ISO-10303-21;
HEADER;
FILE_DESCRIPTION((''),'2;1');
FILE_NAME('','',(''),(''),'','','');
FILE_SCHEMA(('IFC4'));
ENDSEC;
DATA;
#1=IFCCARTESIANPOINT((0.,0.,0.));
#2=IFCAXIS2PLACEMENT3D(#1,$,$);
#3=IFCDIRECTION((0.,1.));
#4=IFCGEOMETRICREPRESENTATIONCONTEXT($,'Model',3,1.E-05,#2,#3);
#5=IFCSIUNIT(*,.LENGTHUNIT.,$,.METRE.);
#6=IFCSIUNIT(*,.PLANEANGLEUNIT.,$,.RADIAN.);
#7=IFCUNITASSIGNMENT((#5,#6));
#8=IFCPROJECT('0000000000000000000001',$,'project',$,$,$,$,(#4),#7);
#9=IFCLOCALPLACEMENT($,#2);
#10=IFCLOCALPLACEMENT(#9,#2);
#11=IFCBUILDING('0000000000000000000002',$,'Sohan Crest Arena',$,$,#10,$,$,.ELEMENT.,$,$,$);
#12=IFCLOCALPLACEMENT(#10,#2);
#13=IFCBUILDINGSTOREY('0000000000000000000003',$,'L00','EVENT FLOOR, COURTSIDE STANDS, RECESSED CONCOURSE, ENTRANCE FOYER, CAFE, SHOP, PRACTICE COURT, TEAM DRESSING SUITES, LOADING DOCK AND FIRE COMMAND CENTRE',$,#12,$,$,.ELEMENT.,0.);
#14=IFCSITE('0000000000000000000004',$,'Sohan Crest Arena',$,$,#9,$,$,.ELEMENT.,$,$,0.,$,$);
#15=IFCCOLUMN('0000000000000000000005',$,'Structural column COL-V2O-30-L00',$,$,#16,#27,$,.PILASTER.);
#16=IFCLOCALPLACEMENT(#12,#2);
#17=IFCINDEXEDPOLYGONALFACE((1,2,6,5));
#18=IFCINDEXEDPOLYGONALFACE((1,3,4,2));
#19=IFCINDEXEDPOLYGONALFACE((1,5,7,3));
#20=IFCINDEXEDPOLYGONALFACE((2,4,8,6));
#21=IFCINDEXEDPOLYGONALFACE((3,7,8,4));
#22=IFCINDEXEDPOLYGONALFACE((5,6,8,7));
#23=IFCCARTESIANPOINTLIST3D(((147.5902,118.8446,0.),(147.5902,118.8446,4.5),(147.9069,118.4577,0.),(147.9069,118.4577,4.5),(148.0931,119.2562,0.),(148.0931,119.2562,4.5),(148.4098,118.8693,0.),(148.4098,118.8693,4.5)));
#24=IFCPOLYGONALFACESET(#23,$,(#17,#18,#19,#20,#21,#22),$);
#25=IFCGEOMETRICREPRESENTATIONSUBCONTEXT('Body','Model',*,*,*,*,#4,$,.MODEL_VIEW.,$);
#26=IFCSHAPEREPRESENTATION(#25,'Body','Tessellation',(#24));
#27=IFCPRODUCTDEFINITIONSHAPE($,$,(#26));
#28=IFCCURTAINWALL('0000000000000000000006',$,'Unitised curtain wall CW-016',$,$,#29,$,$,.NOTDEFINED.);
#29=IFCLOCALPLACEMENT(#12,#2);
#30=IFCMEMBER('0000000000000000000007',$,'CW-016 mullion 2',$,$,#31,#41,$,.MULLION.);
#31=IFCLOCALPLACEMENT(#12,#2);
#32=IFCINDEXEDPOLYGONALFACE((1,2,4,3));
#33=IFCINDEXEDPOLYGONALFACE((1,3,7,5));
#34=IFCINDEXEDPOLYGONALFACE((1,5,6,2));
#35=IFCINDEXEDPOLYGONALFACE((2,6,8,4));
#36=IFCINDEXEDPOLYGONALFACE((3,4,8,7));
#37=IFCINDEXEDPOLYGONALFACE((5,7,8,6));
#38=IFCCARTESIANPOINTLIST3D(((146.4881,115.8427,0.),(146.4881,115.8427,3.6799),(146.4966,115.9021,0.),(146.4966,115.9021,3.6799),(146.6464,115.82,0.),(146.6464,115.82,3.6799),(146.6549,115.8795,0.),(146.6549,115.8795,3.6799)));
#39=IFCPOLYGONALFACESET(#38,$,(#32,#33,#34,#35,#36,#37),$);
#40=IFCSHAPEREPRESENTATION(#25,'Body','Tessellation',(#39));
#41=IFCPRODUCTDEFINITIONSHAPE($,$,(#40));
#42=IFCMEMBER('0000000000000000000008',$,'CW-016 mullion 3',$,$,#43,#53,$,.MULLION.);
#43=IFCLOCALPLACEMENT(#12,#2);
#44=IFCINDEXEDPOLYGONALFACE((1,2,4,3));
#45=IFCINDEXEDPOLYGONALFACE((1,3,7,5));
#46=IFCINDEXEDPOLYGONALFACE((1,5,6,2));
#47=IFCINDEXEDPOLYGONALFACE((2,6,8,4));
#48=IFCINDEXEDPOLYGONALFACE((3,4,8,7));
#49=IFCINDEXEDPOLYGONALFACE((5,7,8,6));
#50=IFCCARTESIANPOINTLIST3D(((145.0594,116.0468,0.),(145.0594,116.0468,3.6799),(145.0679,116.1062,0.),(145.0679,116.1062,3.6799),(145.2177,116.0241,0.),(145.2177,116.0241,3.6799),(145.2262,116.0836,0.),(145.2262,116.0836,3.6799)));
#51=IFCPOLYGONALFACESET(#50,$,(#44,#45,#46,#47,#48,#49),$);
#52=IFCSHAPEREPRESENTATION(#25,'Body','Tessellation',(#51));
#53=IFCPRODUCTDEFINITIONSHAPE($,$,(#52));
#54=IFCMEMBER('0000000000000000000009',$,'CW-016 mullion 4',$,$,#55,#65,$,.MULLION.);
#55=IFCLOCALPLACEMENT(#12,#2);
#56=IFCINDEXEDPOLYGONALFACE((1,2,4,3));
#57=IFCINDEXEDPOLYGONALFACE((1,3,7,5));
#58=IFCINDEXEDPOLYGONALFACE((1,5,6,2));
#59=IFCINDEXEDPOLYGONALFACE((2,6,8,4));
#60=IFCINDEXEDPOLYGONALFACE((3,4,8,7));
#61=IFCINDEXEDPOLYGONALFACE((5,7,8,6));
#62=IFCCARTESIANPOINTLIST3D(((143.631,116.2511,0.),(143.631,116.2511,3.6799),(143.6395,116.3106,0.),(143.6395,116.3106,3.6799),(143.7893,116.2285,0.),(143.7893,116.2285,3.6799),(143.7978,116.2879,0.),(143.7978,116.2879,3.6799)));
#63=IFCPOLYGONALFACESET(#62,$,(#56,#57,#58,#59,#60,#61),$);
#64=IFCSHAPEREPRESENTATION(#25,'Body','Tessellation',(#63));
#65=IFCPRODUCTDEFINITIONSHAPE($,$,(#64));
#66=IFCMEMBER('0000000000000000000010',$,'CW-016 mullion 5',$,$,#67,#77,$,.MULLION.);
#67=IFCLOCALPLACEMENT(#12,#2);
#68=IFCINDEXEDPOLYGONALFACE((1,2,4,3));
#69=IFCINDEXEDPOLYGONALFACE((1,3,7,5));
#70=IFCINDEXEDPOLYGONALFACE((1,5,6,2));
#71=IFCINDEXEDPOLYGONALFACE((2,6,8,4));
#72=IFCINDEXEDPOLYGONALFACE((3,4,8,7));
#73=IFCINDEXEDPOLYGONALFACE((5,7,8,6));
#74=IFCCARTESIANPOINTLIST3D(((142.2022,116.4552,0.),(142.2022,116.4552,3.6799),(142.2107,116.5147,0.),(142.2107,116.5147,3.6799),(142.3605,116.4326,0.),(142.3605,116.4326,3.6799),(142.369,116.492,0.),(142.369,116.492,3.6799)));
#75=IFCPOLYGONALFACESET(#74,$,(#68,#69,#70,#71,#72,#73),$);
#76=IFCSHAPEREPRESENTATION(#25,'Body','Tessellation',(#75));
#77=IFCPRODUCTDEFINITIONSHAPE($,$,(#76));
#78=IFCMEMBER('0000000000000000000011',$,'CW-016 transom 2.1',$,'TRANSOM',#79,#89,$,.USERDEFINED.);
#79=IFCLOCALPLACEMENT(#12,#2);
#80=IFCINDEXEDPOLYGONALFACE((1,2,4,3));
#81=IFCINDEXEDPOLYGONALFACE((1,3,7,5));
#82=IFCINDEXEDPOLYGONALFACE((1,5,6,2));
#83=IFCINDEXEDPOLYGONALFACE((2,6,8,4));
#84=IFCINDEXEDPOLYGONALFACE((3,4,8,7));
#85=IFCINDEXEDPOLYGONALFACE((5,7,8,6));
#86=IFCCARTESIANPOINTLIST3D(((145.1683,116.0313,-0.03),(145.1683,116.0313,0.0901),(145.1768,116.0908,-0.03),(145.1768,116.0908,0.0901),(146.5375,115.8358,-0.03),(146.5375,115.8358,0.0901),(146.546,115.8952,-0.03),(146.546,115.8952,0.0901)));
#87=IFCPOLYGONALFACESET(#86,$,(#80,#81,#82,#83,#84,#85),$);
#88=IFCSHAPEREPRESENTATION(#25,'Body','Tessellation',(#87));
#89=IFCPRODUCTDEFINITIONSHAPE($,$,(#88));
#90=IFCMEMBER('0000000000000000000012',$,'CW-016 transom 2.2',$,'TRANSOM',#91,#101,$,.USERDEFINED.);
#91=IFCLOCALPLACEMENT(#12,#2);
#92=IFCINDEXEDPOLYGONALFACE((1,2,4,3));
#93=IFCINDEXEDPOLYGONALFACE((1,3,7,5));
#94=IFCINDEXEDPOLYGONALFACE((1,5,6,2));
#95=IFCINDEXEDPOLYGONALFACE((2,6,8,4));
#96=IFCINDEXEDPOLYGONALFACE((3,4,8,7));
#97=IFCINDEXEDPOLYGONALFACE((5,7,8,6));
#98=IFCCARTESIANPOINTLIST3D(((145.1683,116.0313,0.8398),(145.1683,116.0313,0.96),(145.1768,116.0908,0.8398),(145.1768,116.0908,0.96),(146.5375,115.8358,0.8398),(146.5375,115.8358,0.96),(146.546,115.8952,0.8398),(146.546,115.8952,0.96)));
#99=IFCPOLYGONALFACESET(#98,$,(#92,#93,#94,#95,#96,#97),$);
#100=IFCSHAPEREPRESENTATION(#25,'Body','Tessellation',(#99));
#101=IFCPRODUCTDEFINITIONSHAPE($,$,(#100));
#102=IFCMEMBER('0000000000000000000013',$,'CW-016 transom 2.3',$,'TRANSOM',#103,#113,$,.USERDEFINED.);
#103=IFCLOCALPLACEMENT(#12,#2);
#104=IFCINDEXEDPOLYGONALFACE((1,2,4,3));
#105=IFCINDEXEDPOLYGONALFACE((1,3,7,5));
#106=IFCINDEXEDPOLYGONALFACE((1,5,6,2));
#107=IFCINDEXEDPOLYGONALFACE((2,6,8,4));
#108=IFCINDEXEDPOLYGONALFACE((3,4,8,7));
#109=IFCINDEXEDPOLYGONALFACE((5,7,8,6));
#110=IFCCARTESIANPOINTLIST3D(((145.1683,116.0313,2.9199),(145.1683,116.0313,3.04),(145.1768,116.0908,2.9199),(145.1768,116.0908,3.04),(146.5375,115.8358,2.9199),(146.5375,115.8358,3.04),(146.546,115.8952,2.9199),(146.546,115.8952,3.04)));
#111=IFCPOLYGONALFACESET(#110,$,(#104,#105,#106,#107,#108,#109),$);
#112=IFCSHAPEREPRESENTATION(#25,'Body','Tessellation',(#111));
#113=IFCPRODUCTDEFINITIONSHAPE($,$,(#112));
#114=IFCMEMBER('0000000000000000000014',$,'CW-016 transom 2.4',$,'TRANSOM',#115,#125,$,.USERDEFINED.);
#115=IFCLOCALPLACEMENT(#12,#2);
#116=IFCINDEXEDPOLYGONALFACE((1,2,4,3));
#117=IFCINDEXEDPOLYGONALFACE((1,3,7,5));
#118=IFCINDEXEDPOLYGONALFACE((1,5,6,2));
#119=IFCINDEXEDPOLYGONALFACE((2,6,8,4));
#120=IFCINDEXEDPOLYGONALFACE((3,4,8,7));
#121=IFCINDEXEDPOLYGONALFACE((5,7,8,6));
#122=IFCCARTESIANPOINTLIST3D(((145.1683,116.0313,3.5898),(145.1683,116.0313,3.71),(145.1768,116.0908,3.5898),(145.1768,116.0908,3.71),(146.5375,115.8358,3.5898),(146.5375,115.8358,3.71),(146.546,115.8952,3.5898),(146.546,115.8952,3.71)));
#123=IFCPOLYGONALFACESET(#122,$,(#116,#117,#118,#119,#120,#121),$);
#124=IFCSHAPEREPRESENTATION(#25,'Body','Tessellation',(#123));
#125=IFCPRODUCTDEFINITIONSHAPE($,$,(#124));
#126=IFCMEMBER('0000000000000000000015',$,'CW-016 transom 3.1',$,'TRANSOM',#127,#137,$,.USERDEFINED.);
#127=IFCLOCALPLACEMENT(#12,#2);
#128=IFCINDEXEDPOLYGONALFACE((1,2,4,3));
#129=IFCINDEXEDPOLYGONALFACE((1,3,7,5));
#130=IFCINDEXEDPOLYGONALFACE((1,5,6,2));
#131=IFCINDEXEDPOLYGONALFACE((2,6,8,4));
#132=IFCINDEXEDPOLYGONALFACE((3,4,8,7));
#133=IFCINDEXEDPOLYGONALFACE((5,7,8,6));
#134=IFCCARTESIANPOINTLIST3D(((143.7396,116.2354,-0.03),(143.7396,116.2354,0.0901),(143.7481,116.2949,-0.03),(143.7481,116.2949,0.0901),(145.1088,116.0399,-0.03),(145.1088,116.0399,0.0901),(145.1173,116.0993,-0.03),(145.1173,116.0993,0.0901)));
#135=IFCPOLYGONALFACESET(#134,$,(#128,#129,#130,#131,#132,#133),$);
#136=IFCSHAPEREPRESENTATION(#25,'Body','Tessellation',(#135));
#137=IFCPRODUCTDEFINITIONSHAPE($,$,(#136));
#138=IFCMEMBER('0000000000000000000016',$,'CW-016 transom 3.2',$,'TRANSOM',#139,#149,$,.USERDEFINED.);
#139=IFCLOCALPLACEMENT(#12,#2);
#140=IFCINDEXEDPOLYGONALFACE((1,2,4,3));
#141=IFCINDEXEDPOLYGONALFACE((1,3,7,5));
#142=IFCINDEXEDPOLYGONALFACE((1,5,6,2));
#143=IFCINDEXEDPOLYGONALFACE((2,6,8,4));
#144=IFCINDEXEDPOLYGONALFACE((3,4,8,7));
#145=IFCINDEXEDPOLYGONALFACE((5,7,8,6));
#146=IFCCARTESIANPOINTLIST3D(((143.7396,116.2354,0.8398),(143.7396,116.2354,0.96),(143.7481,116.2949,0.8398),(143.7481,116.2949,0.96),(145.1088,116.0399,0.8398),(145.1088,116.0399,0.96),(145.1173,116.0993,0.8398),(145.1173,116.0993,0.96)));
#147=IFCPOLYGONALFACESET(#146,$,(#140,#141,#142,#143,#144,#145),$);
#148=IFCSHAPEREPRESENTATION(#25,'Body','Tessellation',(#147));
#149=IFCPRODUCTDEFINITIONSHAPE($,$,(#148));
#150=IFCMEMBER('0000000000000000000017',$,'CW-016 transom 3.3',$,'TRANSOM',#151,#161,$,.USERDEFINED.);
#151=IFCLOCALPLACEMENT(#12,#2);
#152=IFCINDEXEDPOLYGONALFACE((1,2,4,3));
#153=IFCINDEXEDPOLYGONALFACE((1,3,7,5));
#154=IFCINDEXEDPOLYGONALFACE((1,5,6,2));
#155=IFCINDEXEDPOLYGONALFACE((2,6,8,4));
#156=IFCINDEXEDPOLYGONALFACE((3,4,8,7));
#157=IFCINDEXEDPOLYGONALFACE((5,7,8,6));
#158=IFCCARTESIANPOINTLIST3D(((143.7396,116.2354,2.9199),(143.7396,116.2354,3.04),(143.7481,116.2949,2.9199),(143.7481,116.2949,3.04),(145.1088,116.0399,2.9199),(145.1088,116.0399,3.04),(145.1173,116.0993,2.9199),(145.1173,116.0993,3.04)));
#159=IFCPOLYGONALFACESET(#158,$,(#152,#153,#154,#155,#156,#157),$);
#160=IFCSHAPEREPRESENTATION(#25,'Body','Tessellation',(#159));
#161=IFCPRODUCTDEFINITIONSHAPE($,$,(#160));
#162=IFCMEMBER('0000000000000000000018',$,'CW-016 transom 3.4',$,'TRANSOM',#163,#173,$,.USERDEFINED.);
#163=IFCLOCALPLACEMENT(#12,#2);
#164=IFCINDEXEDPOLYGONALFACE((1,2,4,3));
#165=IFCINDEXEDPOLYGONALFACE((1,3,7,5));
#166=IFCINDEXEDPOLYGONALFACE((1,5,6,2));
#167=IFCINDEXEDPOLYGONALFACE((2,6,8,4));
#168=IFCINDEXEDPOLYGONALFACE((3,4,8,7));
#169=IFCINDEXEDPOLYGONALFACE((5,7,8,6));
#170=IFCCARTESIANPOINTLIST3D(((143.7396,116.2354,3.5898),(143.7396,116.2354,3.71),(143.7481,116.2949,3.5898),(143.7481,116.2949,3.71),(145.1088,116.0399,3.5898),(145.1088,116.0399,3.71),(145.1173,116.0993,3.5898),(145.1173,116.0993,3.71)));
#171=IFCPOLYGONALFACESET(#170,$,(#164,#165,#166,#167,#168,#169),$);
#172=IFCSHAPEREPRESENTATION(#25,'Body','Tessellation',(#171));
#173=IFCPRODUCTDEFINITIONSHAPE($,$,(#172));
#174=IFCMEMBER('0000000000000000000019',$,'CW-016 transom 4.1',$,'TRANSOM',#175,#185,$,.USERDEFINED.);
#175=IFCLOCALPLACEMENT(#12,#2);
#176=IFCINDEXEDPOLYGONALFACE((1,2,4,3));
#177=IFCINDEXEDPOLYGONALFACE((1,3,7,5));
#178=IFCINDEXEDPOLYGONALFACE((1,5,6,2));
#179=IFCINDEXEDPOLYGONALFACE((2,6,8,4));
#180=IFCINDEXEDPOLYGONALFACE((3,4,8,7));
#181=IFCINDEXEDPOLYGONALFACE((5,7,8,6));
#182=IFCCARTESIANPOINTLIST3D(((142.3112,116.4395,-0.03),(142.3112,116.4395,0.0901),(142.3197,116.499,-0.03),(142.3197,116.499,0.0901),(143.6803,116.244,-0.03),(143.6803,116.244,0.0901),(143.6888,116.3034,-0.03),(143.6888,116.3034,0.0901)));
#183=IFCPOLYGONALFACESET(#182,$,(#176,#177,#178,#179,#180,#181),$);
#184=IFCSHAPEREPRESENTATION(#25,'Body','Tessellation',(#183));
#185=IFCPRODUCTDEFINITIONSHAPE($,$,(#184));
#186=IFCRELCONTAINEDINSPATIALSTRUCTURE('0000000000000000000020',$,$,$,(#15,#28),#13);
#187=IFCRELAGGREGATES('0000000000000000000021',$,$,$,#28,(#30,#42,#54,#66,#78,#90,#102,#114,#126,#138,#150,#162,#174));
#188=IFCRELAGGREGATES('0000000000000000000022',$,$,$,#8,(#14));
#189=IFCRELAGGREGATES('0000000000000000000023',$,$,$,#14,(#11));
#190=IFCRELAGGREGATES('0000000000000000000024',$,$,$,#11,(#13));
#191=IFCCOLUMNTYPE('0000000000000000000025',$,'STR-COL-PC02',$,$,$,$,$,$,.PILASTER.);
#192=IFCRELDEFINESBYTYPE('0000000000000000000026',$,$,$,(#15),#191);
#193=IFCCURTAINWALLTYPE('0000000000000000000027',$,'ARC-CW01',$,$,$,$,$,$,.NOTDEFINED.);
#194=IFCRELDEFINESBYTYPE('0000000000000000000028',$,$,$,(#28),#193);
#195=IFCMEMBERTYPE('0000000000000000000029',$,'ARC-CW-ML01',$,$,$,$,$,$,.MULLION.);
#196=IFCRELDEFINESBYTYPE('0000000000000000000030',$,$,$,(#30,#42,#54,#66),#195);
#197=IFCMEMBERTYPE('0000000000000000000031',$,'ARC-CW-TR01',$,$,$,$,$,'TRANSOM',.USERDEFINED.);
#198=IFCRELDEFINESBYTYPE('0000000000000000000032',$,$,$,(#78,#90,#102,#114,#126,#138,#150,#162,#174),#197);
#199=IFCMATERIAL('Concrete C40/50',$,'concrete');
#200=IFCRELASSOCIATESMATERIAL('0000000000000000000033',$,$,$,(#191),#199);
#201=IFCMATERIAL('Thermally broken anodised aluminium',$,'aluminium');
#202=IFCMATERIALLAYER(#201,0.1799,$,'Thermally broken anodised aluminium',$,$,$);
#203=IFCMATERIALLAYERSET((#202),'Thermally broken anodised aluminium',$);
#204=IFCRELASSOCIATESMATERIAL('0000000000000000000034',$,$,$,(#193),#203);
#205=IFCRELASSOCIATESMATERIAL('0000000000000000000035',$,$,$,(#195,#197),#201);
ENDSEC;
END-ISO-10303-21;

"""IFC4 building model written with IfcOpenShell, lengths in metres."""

from ifc_helpers import new_model, si_unit, direction, frame, origin, origin_2d, place, context, subcontext, project, spatial, rectangle, extrude, material, layer, layer_set, material_profile, profile_set, type_object, element, aggregate, save


model = new_model("IFC4")

# Units and contexts
model_context = context("Model", 3, precision=1e-05, world=origin(), true_north=direction((0.0, 1.0)))
body_context = subcontext(model_context, "Body", "Model", "MODEL_VIEW")
ifc_project = project(units=[si_unit("LENGTHUNIT", "METRE"), si_unit("PLANEANGLEUNIT", "RADIAN")], contexts=[model_context])

# Site, building, storey
site_placement = place(None, origin())
site = spatial("IfcSite", under=ifc_project, at=site_placement, Name="Sohan Crest Arena", CompositionType="ELEMENT", RefElevation=0.0)
building_placement = place(site_placement, origin())
building = spatial("IfcBuilding", under=site, at=building_placement, Name="Sohan Crest Arena", CompositionType="ELEMENT")
storey_placement = place(building_placement, origin())
storey = spatial("IfcBuildingStorey", under=building, at=storey_placement, Name="L00", Description="EVENT FLOOR, COURTSIDE STANDS, RECESSED CONCOURSE, ENTRANCE FOYER, CAFE, SHOP, PRACTICE COURT, TEAM DRESSING SUITES, LOADING DOCK AND FIRE COMMAND CENTRE", CompositionType="ELEMENT", Elevation=0.0)

# Column
ifc_material_1 = material(Name="Concrete C40/50", Category="concrete")
ifc_material_profile_1 = material_profile(ifc_material_1, rectangle(XDim=0.6499, YDim=0.5, at=origin_2d()), Name="RC 650x500")
ifc_profile_set_1 = profile_set([ifc_material_profile_1], Name="Concrete C40/50")
column_type = type_object("IfcColumnType", Name="STR-COL-PC02", PredefinedType="PILASTER", material=ifc_profile_set_1)
column_placement = place(storey_placement, frame((148.0, 118.8569, 0.0), z_axis=(0.0, 0.0, 1.0), x_axis=(0.77384, 0.633381, 0.0)))
element("IfcColumn", 1, at=column_placement, inside=storey, type_object=column_type, Name="Structural column COL-V2O-30-L00", PredefinedType="PILASTER", context=body_context, shape_type="SweptSolid", body=[
    extrude(rectangle(XDim=0.6499, YDim=0.5, at=origin_2d()), origin(), (0.0, 0.0, 1.0), 4.5),
])

# Curtain wall, members
ifc_material_2 = material(Name="Thermally broken anodised aluminium", Category="aluminium")
ifc_layer_1 = layer(ifc_material_2, 0.1799, Name="Thermally broken anodised aluminium")
ifc_layer_set_1 = layer_set([ifc_layer_1], Name="Thermally broken anodised aluminium")
curtain_wall_type = type_object("IfcCurtainWallType", Name="ARC-CW01", PredefinedType="NOTDEFINED", material=ifc_layer_set_1)
curtain_wall_placement = place(storey_placement, origin())
curtain_wall = element("IfcCurtainWall", 2, at=curtain_wall_placement, inside=storey, type_object=curtain_wall_type, Name="Unitised curtain wall CW-016", PredefinedType="NOTDEFINED")
ifc_material_profile_2 = material_profile(ifc_material_2, rectangle(XDim=0.0601, YDim=0.1599, at=origin_2d()), Name="ALU-MULL 60x160")
ifc_profile_set_2 = profile_set([ifc_material_profile_2], Name="Thermally broken anodised aluminium")
member_type_1 = type_object("IfcMemberType", Name="ARC-CW-ML01", PredefinedType="MULLION", material=ifc_profile_set_2)
member_1_placement = place(storey_placement, frame((146.5715, 115.8611, 0.0), z_axis=(0.0, 0.0, 1.0), x_axis=(-0.141463, -0.989944, 0.0)))
member_1 = element("IfcMember", 3, at=member_1_placement, type_object=member_type_1, Name="CW-016 mullion 2", PredefinedType="MULLION", context=body_context, shape_type="SweptSolid", body=[
    extrude(rectangle(XDim=0.0601, YDim=0.1599, at=origin_2d()), origin(), (0.0, 0.0, 1.0), 3.6799),
])
member_2_placement = place(storey_placement, frame((145.1428, 116.0652, 0.0), z_axis=(0.0, 0.0, 1.0), x_axis=(-0.141463, -0.989944, 0.0)))
member_2 = element("IfcMember", 4, at=member_2_placement, type_object=member_type_1, Name="CW-016 mullion 3", PredefinedType="MULLION", context=body_context, shape_type="SweptSolid", body=[
    extrude(rectangle(XDim=0.0601, YDim=0.1599, at=origin_2d()), origin(), (0.0, 0.0, 1.0), 3.6799),
])
member_3_placement = place(storey_placement, frame((143.7144, 116.2695, 0.0), z_axis=(0.0, 0.0, 1.0), x_axis=(-0.141463, -0.989944, 0.0)))
member_3 = element("IfcMember", 5, at=member_3_placement, type_object=member_type_1, Name="CW-016 mullion 4", PredefinedType="MULLION", context=body_context, shape_type="SweptSolid", body=[
    extrude(rectangle(XDim=0.0601, YDim=0.1599, at=origin_2d()), origin(), (0.0, 0.0, 1.0), 3.6799),
])
member_4_placement = place(storey_placement, frame((142.2856, 116.4736, 0.0), z_axis=(0.0, 0.0, 1.0), x_axis=(-0.141463, -0.989944, 0.0)))
member_4 = element("IfcMember", 6, at=member_4_placement, type_object=member_type_1, Name="CW-016 mullion 5", PredefinedType="MULLION", context=body_context, shape_type="SweptSolid", body=[
    extrude(rectangle(XDim=0.0601, YDim=0.1599, at=origin_2d()), origin(), (0.0, 0.0, 1.0), 3.6799),
])
ifc_material_profile_3 = material_profile(ifc_material_2, rectangle(XDim=0.0601, YDim=0.1201, at=origin_2d()), Name="ALU-TRAN 60x120")
ifc_profile_set_3 = profile_set([ifc_material_profile_3], Name="Thermally broken anodised aluminium")
member_type_2 = type_object("IfcMemberType", Name="ARC-CW-TR01", ElementType="TRANSOM", PredefinedType="USERDEFINED", material=ifc_profile_set_3)
member_5_placement = place(storey_placement, frame((146.5417, 115.8655, 0.03), z_axis=(-0.989953, 0.141397, 0.0), x_axis=(-0.141397, -0.989953, 0.0)))
member_5 = element("IfcMember", 7, at=member_5_placement, type_object=member_type_2, Name="CW-016 transom 2.1", ObjectType="TRANSOM", PredefinedType="USERDEFINED", context=body_context, shape_type="SweptSolid", body=[
    extrude(rectangle(XDim=0.0601, YDim=0.1201, at=origin_2d()), origin(), (0.0, 0.0, 1.0), 1.3831),
])
member_6_placement = place(storey_placement, frame((146.5417, 115.8655, 0.8999), z_axis=(-0.989953, 0.141397, 0.0), x_axis=(-0.141397, -0.989953, 0.0)))
member_6 = element("IfcMember", 8, at=member_6_placement, type_object=member_type_2, Name="CW-016 transom 2.2", ObjectType="TRANSOM", PredefinedType="USERDEFINED", context=body_context, shape_type="SweptSolid", body=[
    extrude(rectangle(XDim=0.0601, YDim=0.1201, at=origin_2d()), origin(), (0.0, 0.0, 1.0), 1.3831),
])
member_7_placement = place(storey_placement, frame((146.5417, 115.8655, 2.98), z_axis=(-0.989953, 0.141397, 0.0), x_axis=(-0.141397, -0.989953, 0.0)))
member_7 = element("IfcMember", 9, at=member_7_placement, type_object=member_type_2, Name="CW-016 transom 2.3", ObjectType="TRANSOM", PredefinedType="USERDEFINED", context=body_context, shape_type="SweptSolid", body=[
    extrude(rectangle(XDim=0.0601, YDim=0.1201, at=origin_2d()), origin(), (0.0, 0.0, 1.0), 1.3831),
])
member_8_placement = place(storey_placement, frame((146.5417, 115.8655, 3.6499), z_axis=(-0.989953, 0.141397, 0.0), x_axis=(-0.141397, -0.989953, 0.0)))
member_8 = element("IfcMember", 10, at=member_8_placement, type_object=member_type_2, Name="CW-016 transom 2.4", ObjectType="TRANSOM", PredefinedType="USERDEFINED", context=body_context, shape_type="SweptSolid", body=[
    extrude(rectangle(XDim=0.0601, YDim=0.1201, at=origin_2d()), origin(), (0.0, 0.0, 1.0), 1.3831),
])
member_9_placement = place(storey_placement, frame((145.113, 116.0696, 0.03), z_axis=(-0.989953, 0.141397, 0.0), x_axis=(-0.141397, -0.989953, 0.0)))
member_9 = element("IfcMember", 11, at=member_9_placement, type_object=member_type_2, Name="CW-016 transom 3.1", ObjectType="TRANSOM", PredefinedType="USERDEFINED", context=body_context, shape_type="SweptSolid", body=[
    extrude(rectangle(XDim=0.0601, YDim=0.1201, at=origin_2d()), origin(), (0.0, 0.0, 1.0), 1.3831),
])
member_10_placement = place(storey_placement, frame((145.113, 116.0696, 0.8999), z_axis=(-0.989953, 0.141397, 0.0), x_axis=(-0.141397, -0.989953, 0.0)))
member_10 = element("IfcMember", 12, at=member_10_placement, type_object=member_type_2, Name="CW-016 transom 3.2", ObjectType="TRANSOM", PredefinedType="USERDEFINED", context=body_context, shape_type="SweptSolid", body=[
    extrude(rectangle(XDim=0.0601, YDim=0.1201, at=origin_2d()), origin(), (0.0, 0.0, 1.0), 1.3831),
])
member_11_placement = place(storey_placement, frame((145.113, 116.0696, 2.98), z_axis=(-0.989953, 0.141397, 0.0), x_axis=(-0.141397, -0.989953, 0.0)))
member_11 = element("IfcMember", 13, at=member_11_placement, type_object=member_type_2, Name="CW-016 transom 3.3", ObjectType="TRANSOM", PredefinedType="USERDEFINED", context=body_context, shape_type="SweptSolid", body=[
    extrude(rectangle(XDim=0.0601, YDim=0.1201, at=origin_2d()), origin(), (0.0, 0.0, 1.0), 1.3831),
])
member_12_placement = place(storey_placement, frame((145.113, 116.0696, 3.6499), z_axis=(-0.989953, 0.141397, 0.0), x_axis=(-0.141397, -0.989953, 0.0)))
member_12 = element("IfcMember", 14, at=member_12_placement, type_object=member_type_2, Name="CW-016 transom 3.4", ObjectType="TRANSOM", PredefinedType="USERDEFINED", context=body_context, shape_type="SweptSolid", body=[
    extrude(rectangle(XDim=0.0601, YDim=0.1201, at=origin_2d()), origin(), (0.0, 0.0, 1.0), 1.3831),
])
member_13_placement = place(storey_placement, frame((143.6846, 116.2737, 0.03), z_axis=(-0.989953, 0.141397, 0.0), x_axis=(-0.141397, -0.989953, 0.0)))
member_13 = element("IfcMember", 15, at=member_13_placement, type_object=member_type_2, Name="CW-016 transom 4.1", ObjectType="TRANSOM", PredefinedType="USERDEFINED", context=body_context, shape_type="SweptSolid", body=[
    extrude(rectangle(XDim=0.0601, YDim=0.1201, at=origin_2d()), origin(), (0.0, 0.0, 1.0), 1.3831),
])
aggregate(curtain_wall, [member_1, member_2, member_3, member_4, member_5, member_6, member_7, member_8, member_9, member_10, member_11, member_12, member_13])

save(model, "model.ifc")
